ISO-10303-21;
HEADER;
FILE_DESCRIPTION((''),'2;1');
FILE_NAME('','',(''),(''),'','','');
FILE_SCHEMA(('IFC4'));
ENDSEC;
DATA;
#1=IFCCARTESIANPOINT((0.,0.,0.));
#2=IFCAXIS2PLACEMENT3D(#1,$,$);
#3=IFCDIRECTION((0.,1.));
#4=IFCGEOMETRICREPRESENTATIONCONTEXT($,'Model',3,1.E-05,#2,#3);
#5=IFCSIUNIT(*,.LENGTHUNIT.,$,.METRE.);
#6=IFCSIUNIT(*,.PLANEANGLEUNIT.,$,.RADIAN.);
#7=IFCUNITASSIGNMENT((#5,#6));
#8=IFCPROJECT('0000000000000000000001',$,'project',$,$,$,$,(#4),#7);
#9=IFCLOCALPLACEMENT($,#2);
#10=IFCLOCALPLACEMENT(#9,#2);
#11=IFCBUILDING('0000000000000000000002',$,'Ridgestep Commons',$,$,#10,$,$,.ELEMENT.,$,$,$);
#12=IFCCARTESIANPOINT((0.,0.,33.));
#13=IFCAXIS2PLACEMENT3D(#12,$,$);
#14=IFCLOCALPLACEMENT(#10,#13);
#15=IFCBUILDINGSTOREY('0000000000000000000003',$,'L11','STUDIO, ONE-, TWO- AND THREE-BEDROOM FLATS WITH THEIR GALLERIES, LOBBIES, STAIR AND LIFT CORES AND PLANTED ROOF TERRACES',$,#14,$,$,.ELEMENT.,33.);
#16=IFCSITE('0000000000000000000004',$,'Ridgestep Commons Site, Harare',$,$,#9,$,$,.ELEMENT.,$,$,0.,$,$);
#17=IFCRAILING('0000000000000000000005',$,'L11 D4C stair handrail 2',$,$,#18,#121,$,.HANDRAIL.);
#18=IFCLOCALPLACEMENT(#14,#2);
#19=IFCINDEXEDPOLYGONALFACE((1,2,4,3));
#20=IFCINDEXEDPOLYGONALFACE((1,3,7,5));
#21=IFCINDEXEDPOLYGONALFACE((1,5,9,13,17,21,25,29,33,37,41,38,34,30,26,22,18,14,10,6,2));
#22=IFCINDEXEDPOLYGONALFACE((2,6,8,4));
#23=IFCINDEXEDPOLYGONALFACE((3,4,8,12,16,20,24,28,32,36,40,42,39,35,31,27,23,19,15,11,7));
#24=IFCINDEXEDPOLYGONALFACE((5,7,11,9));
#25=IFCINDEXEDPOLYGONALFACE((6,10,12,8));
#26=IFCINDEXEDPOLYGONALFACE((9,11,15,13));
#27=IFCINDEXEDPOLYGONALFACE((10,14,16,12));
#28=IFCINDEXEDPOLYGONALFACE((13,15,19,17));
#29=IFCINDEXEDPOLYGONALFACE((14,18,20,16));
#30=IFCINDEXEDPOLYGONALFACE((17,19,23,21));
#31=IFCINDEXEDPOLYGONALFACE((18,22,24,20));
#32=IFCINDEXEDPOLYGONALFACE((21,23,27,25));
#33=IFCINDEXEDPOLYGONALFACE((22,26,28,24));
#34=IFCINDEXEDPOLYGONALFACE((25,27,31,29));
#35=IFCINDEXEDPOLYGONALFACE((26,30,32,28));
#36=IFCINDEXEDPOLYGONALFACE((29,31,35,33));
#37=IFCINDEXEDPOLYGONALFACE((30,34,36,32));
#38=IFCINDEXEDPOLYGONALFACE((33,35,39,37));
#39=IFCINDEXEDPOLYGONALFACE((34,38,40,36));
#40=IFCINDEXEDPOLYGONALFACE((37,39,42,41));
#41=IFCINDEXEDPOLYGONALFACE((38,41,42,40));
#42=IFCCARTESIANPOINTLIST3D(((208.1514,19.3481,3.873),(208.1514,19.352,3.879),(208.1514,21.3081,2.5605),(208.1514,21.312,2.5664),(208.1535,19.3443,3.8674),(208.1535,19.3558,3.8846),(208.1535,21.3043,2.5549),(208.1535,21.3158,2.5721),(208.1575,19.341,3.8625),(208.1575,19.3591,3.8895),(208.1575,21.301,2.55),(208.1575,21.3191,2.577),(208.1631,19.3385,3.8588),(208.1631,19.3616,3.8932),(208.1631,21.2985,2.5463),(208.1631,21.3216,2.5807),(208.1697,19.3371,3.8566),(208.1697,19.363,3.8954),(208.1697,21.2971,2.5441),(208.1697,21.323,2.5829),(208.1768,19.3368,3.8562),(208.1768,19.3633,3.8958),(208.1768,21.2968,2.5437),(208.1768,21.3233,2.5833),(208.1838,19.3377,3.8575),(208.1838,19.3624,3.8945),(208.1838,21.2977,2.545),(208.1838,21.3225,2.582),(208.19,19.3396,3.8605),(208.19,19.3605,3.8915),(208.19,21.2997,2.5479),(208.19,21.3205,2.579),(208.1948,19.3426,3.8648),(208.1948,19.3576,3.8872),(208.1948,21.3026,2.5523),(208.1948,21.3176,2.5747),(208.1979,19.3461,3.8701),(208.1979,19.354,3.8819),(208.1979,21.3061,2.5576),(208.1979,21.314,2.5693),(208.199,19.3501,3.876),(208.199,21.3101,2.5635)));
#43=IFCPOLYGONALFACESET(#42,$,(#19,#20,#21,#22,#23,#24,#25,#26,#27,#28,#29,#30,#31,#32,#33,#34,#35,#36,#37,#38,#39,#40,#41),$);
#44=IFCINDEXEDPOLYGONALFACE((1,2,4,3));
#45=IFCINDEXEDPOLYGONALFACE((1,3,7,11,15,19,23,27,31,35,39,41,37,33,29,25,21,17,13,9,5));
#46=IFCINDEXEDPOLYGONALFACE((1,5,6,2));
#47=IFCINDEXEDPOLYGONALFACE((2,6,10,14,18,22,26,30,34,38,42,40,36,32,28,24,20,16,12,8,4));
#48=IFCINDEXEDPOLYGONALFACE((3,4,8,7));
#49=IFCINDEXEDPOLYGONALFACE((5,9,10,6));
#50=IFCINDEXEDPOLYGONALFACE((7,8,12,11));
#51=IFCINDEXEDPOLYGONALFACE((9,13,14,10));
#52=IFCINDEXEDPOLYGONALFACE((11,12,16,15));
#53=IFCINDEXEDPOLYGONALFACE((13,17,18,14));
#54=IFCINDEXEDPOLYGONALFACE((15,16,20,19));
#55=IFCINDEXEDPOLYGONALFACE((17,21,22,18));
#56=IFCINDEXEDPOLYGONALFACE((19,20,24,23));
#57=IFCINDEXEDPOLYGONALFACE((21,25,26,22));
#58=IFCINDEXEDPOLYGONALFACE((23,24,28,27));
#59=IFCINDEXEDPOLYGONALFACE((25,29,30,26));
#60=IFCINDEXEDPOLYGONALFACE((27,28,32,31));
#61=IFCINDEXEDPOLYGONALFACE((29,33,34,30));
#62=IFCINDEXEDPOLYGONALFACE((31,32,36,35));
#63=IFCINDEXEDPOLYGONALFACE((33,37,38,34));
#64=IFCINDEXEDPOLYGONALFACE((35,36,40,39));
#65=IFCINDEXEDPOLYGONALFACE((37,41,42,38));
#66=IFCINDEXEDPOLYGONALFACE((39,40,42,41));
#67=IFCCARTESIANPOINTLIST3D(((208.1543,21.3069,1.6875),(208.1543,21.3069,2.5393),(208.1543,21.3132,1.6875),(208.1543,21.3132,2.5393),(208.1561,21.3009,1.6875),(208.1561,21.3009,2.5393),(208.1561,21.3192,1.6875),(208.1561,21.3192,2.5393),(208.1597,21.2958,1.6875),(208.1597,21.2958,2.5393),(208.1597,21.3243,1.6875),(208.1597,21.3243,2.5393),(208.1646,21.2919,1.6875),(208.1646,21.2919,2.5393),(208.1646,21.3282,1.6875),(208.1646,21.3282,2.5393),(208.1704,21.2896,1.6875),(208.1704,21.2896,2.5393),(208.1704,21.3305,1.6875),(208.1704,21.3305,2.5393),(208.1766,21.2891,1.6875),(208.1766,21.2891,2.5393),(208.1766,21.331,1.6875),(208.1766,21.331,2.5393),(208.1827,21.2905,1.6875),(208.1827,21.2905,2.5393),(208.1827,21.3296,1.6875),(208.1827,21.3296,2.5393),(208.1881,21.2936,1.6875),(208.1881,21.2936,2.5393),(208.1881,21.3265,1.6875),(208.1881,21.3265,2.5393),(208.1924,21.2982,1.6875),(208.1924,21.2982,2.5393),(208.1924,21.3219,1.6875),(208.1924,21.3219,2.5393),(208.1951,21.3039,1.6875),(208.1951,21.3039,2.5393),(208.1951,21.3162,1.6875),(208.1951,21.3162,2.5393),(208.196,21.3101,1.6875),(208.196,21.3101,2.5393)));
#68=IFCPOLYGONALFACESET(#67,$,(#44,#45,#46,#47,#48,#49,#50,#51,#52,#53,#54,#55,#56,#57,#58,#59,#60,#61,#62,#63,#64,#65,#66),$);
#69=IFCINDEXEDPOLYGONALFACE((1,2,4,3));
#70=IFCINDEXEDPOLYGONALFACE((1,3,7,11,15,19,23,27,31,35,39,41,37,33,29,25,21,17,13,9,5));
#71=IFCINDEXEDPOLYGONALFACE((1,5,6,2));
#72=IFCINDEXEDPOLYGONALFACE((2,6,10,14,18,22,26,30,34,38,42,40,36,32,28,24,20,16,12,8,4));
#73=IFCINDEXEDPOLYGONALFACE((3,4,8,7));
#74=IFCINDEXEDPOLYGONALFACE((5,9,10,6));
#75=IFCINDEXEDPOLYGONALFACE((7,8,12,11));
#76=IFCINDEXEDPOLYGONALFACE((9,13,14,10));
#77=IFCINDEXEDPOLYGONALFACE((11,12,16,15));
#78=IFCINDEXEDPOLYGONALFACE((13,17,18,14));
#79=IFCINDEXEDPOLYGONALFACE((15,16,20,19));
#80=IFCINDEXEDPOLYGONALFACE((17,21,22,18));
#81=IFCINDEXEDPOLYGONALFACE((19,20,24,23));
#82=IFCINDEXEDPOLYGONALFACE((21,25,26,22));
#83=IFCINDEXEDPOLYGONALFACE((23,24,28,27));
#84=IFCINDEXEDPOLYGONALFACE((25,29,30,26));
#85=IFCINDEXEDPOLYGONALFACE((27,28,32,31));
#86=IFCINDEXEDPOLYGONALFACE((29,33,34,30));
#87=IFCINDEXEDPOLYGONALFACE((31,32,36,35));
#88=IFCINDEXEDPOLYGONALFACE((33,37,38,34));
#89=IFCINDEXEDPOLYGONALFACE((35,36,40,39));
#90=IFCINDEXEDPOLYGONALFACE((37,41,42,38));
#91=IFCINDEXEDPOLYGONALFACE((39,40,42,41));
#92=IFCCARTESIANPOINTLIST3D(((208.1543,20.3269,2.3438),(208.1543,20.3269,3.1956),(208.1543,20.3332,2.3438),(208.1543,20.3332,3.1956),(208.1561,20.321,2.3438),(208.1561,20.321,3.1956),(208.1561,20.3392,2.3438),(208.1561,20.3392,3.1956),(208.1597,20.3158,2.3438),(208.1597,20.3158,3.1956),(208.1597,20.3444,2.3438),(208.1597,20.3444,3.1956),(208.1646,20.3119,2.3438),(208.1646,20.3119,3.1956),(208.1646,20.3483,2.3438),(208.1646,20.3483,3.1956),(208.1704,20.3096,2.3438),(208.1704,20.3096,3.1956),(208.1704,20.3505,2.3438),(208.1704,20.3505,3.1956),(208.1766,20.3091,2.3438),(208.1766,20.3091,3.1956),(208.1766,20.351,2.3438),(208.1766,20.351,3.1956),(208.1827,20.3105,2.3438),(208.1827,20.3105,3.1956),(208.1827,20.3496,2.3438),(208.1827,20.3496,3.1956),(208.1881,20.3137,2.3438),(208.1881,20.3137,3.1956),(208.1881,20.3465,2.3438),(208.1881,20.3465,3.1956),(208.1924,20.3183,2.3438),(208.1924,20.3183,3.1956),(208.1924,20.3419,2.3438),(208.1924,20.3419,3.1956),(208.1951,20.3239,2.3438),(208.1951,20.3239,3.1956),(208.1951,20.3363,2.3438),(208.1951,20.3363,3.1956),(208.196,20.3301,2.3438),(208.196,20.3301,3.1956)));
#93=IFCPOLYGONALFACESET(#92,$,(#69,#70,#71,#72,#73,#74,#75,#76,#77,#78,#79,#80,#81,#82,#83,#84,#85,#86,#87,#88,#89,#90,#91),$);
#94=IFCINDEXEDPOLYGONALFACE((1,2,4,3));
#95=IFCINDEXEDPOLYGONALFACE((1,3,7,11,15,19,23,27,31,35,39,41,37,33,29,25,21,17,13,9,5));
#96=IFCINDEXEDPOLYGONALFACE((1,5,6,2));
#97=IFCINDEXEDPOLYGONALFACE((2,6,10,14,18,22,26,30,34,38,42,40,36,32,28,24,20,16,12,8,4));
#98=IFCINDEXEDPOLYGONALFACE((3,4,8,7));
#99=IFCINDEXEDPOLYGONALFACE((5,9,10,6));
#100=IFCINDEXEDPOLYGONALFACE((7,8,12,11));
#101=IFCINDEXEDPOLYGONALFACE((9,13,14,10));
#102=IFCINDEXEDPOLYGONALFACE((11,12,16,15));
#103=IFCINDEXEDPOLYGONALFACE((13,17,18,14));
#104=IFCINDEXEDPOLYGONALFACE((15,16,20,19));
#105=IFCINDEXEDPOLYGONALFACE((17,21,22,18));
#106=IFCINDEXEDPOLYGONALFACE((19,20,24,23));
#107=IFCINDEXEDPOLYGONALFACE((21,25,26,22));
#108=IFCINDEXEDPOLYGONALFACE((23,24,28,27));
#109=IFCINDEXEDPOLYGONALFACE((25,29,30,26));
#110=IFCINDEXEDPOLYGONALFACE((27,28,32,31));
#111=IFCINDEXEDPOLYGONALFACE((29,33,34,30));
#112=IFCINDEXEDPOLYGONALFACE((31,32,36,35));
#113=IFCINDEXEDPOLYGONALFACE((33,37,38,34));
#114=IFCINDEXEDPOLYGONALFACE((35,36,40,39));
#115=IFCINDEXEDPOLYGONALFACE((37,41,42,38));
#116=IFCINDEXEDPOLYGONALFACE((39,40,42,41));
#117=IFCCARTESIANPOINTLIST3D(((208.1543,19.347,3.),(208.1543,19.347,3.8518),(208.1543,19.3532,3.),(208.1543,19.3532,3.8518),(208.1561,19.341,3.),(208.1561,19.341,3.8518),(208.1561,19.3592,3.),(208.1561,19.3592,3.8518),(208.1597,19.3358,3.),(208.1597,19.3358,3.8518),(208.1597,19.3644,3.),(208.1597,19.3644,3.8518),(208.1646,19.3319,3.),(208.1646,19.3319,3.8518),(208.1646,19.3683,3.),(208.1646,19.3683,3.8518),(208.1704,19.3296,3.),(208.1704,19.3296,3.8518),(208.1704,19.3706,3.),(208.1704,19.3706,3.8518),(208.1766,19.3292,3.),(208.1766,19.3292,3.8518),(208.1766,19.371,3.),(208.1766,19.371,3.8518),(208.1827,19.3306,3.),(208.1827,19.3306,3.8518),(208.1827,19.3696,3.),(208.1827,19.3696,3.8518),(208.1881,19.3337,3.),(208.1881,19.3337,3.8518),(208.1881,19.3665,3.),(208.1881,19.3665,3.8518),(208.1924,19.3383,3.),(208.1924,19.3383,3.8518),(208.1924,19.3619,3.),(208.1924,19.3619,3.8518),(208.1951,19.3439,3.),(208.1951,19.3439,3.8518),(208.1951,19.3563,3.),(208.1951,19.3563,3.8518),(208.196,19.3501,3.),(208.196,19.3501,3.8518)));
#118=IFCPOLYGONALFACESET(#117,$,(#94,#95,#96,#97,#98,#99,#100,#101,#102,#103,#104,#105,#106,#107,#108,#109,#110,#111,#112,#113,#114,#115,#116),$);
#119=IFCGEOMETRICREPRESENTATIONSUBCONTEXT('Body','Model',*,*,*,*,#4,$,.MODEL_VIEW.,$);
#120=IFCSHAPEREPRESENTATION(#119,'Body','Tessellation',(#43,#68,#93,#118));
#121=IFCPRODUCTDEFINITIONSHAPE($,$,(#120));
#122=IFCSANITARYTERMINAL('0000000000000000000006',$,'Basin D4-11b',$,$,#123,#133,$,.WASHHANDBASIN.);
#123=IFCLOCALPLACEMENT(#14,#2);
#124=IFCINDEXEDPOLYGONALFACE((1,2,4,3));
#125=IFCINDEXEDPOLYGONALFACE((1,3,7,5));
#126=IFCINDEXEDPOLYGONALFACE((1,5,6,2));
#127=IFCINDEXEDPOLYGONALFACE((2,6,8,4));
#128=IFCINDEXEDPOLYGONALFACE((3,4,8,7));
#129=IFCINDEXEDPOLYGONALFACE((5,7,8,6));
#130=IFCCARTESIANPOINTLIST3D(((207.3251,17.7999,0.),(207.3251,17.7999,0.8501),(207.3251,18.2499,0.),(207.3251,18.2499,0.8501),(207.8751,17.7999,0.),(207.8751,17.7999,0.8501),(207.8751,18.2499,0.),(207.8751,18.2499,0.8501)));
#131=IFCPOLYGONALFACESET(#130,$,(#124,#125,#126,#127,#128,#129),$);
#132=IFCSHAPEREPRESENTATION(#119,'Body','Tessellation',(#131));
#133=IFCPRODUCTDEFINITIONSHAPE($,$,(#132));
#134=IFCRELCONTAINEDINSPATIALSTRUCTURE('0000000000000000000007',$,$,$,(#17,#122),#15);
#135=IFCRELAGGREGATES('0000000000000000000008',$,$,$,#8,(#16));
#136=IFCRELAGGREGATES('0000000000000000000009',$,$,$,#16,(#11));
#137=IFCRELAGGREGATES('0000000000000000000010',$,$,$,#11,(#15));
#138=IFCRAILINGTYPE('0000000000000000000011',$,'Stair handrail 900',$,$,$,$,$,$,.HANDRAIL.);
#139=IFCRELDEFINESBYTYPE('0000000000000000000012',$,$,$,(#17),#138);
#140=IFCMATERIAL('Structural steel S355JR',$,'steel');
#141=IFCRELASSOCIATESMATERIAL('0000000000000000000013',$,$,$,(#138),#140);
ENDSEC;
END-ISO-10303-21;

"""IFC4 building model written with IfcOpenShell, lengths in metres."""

from ifc_helpers import new_model, si_unit, direction, frame, origin, origin_2d, place, context, subcontext, project, spatial, rectangle, circle, extrude, material, type_object, element, save


model = new_model("IFC4")

# Units and contexts
model_context = context("Model", 3, precision=1e-05, world=origin(), true_north=direction((0.0, 1.0)))
body_context = subcontext(model_context, "Body", "Model", "MODEL_VIEW")
ifc_project = project(units=[si_unit("LENGTHUNIT", "METRE"), si_unit("PLANEANGLEUNIT", "RADIAN")], contexts=[model_context])

# Site, building, storey
site_placement = place(None, origin())
site = spatial("IfcSite", under=ifc_project, at=site_placement, Name="Ridgestep Commons Site, Harare", CompositionType="ELEMENT", RefElevation=0.0)
building_placement = place(site_placement, origin())
building = spatial("IfcBuilding", under=site, at=building_placement, Name="Ridgestep Commons", CompositionType="ELEMENT")
storey_placement = place(building_placement, frame((0.0, 0.0, 33.0)))
storey = spatial("IfcBuildingStorey", under=building, at=storey_placement, Name="L11", Description="STUDIO, ONE-, TWO- AND THREE-BEDROOM FLATS WITH THEIR GALLERIES, LOBBIES, STAIR AND LIFT CORES AND PLANTED ROOF TERRACES", CompositionType="ELEMENT", Elevation=33.0)

# Railing
ifc_material_1 = material(Name="Structural steel S355JR", Category="steel")
railing_type_1 = type_object("IfcRailingType", Name="Stair handrail 900", PredefinedType="HANDRAIL", material=ifc_material_1)
railing_1_placement = place(storey_placement, frame((208.175, 21.3101, 1.6875)))
element("IfcRailing", 1, at=railing_1_placement, inside=storey, type_object=railing_type_1, Name="L11 D4C stair handrail 2", PredefinedType="HANDRAIL", context=body_context, shape_type="SweptSolid", body=[
    extrude(circle(Radius=0.0239, at=origin_2d()), frame((0.0, 0.0, 0.876), z_axis=(0.0, -0.830902, 0.556419), x_axis=(1.0, 0.0, 0.0)), (0.0, 0.0, 1.0), 2.3589),
    extrude(circle(Radius=0.021, at=origin_2d()), origin(), (0.0, 0.0, 1.0), 0.8518),
    extrude(circle(Radius=0.021, at=origin_2d()), frame((0.0, -0.98, 0.6562)), (0.0, 0.0, 1.0), 0.8518),
    extrude(circle(Radius=0.021, at=origin_2d()), frame((0.0, -1.96, 1.3125)), (0.0, 0.0, 1.0), 0.8518),
])

# Sanitary terminal
sanitary_terminal_placement = place(storey_placement, frame((207.6001, 18.0249, 0.0), z_axis=(0.0, 0.0, 1.0), x_axis=(1.0, 0.0, 0.0)))
element("IfcSanitaryTerminal", 2, at=sanitary_terminal_placement, inside=storey, Name="Basin D4-11b", PredefinedType="WASHHANDBASIN", context=body_context, shape_type="SweptSolid", body=[
    extrude(rectangle(XDim=0.55, YDim=0.45, at=origin_2d()), origin(), (0.0, 0.0, 1.0), 0.8501),
])

save(model, "model.ifc")
